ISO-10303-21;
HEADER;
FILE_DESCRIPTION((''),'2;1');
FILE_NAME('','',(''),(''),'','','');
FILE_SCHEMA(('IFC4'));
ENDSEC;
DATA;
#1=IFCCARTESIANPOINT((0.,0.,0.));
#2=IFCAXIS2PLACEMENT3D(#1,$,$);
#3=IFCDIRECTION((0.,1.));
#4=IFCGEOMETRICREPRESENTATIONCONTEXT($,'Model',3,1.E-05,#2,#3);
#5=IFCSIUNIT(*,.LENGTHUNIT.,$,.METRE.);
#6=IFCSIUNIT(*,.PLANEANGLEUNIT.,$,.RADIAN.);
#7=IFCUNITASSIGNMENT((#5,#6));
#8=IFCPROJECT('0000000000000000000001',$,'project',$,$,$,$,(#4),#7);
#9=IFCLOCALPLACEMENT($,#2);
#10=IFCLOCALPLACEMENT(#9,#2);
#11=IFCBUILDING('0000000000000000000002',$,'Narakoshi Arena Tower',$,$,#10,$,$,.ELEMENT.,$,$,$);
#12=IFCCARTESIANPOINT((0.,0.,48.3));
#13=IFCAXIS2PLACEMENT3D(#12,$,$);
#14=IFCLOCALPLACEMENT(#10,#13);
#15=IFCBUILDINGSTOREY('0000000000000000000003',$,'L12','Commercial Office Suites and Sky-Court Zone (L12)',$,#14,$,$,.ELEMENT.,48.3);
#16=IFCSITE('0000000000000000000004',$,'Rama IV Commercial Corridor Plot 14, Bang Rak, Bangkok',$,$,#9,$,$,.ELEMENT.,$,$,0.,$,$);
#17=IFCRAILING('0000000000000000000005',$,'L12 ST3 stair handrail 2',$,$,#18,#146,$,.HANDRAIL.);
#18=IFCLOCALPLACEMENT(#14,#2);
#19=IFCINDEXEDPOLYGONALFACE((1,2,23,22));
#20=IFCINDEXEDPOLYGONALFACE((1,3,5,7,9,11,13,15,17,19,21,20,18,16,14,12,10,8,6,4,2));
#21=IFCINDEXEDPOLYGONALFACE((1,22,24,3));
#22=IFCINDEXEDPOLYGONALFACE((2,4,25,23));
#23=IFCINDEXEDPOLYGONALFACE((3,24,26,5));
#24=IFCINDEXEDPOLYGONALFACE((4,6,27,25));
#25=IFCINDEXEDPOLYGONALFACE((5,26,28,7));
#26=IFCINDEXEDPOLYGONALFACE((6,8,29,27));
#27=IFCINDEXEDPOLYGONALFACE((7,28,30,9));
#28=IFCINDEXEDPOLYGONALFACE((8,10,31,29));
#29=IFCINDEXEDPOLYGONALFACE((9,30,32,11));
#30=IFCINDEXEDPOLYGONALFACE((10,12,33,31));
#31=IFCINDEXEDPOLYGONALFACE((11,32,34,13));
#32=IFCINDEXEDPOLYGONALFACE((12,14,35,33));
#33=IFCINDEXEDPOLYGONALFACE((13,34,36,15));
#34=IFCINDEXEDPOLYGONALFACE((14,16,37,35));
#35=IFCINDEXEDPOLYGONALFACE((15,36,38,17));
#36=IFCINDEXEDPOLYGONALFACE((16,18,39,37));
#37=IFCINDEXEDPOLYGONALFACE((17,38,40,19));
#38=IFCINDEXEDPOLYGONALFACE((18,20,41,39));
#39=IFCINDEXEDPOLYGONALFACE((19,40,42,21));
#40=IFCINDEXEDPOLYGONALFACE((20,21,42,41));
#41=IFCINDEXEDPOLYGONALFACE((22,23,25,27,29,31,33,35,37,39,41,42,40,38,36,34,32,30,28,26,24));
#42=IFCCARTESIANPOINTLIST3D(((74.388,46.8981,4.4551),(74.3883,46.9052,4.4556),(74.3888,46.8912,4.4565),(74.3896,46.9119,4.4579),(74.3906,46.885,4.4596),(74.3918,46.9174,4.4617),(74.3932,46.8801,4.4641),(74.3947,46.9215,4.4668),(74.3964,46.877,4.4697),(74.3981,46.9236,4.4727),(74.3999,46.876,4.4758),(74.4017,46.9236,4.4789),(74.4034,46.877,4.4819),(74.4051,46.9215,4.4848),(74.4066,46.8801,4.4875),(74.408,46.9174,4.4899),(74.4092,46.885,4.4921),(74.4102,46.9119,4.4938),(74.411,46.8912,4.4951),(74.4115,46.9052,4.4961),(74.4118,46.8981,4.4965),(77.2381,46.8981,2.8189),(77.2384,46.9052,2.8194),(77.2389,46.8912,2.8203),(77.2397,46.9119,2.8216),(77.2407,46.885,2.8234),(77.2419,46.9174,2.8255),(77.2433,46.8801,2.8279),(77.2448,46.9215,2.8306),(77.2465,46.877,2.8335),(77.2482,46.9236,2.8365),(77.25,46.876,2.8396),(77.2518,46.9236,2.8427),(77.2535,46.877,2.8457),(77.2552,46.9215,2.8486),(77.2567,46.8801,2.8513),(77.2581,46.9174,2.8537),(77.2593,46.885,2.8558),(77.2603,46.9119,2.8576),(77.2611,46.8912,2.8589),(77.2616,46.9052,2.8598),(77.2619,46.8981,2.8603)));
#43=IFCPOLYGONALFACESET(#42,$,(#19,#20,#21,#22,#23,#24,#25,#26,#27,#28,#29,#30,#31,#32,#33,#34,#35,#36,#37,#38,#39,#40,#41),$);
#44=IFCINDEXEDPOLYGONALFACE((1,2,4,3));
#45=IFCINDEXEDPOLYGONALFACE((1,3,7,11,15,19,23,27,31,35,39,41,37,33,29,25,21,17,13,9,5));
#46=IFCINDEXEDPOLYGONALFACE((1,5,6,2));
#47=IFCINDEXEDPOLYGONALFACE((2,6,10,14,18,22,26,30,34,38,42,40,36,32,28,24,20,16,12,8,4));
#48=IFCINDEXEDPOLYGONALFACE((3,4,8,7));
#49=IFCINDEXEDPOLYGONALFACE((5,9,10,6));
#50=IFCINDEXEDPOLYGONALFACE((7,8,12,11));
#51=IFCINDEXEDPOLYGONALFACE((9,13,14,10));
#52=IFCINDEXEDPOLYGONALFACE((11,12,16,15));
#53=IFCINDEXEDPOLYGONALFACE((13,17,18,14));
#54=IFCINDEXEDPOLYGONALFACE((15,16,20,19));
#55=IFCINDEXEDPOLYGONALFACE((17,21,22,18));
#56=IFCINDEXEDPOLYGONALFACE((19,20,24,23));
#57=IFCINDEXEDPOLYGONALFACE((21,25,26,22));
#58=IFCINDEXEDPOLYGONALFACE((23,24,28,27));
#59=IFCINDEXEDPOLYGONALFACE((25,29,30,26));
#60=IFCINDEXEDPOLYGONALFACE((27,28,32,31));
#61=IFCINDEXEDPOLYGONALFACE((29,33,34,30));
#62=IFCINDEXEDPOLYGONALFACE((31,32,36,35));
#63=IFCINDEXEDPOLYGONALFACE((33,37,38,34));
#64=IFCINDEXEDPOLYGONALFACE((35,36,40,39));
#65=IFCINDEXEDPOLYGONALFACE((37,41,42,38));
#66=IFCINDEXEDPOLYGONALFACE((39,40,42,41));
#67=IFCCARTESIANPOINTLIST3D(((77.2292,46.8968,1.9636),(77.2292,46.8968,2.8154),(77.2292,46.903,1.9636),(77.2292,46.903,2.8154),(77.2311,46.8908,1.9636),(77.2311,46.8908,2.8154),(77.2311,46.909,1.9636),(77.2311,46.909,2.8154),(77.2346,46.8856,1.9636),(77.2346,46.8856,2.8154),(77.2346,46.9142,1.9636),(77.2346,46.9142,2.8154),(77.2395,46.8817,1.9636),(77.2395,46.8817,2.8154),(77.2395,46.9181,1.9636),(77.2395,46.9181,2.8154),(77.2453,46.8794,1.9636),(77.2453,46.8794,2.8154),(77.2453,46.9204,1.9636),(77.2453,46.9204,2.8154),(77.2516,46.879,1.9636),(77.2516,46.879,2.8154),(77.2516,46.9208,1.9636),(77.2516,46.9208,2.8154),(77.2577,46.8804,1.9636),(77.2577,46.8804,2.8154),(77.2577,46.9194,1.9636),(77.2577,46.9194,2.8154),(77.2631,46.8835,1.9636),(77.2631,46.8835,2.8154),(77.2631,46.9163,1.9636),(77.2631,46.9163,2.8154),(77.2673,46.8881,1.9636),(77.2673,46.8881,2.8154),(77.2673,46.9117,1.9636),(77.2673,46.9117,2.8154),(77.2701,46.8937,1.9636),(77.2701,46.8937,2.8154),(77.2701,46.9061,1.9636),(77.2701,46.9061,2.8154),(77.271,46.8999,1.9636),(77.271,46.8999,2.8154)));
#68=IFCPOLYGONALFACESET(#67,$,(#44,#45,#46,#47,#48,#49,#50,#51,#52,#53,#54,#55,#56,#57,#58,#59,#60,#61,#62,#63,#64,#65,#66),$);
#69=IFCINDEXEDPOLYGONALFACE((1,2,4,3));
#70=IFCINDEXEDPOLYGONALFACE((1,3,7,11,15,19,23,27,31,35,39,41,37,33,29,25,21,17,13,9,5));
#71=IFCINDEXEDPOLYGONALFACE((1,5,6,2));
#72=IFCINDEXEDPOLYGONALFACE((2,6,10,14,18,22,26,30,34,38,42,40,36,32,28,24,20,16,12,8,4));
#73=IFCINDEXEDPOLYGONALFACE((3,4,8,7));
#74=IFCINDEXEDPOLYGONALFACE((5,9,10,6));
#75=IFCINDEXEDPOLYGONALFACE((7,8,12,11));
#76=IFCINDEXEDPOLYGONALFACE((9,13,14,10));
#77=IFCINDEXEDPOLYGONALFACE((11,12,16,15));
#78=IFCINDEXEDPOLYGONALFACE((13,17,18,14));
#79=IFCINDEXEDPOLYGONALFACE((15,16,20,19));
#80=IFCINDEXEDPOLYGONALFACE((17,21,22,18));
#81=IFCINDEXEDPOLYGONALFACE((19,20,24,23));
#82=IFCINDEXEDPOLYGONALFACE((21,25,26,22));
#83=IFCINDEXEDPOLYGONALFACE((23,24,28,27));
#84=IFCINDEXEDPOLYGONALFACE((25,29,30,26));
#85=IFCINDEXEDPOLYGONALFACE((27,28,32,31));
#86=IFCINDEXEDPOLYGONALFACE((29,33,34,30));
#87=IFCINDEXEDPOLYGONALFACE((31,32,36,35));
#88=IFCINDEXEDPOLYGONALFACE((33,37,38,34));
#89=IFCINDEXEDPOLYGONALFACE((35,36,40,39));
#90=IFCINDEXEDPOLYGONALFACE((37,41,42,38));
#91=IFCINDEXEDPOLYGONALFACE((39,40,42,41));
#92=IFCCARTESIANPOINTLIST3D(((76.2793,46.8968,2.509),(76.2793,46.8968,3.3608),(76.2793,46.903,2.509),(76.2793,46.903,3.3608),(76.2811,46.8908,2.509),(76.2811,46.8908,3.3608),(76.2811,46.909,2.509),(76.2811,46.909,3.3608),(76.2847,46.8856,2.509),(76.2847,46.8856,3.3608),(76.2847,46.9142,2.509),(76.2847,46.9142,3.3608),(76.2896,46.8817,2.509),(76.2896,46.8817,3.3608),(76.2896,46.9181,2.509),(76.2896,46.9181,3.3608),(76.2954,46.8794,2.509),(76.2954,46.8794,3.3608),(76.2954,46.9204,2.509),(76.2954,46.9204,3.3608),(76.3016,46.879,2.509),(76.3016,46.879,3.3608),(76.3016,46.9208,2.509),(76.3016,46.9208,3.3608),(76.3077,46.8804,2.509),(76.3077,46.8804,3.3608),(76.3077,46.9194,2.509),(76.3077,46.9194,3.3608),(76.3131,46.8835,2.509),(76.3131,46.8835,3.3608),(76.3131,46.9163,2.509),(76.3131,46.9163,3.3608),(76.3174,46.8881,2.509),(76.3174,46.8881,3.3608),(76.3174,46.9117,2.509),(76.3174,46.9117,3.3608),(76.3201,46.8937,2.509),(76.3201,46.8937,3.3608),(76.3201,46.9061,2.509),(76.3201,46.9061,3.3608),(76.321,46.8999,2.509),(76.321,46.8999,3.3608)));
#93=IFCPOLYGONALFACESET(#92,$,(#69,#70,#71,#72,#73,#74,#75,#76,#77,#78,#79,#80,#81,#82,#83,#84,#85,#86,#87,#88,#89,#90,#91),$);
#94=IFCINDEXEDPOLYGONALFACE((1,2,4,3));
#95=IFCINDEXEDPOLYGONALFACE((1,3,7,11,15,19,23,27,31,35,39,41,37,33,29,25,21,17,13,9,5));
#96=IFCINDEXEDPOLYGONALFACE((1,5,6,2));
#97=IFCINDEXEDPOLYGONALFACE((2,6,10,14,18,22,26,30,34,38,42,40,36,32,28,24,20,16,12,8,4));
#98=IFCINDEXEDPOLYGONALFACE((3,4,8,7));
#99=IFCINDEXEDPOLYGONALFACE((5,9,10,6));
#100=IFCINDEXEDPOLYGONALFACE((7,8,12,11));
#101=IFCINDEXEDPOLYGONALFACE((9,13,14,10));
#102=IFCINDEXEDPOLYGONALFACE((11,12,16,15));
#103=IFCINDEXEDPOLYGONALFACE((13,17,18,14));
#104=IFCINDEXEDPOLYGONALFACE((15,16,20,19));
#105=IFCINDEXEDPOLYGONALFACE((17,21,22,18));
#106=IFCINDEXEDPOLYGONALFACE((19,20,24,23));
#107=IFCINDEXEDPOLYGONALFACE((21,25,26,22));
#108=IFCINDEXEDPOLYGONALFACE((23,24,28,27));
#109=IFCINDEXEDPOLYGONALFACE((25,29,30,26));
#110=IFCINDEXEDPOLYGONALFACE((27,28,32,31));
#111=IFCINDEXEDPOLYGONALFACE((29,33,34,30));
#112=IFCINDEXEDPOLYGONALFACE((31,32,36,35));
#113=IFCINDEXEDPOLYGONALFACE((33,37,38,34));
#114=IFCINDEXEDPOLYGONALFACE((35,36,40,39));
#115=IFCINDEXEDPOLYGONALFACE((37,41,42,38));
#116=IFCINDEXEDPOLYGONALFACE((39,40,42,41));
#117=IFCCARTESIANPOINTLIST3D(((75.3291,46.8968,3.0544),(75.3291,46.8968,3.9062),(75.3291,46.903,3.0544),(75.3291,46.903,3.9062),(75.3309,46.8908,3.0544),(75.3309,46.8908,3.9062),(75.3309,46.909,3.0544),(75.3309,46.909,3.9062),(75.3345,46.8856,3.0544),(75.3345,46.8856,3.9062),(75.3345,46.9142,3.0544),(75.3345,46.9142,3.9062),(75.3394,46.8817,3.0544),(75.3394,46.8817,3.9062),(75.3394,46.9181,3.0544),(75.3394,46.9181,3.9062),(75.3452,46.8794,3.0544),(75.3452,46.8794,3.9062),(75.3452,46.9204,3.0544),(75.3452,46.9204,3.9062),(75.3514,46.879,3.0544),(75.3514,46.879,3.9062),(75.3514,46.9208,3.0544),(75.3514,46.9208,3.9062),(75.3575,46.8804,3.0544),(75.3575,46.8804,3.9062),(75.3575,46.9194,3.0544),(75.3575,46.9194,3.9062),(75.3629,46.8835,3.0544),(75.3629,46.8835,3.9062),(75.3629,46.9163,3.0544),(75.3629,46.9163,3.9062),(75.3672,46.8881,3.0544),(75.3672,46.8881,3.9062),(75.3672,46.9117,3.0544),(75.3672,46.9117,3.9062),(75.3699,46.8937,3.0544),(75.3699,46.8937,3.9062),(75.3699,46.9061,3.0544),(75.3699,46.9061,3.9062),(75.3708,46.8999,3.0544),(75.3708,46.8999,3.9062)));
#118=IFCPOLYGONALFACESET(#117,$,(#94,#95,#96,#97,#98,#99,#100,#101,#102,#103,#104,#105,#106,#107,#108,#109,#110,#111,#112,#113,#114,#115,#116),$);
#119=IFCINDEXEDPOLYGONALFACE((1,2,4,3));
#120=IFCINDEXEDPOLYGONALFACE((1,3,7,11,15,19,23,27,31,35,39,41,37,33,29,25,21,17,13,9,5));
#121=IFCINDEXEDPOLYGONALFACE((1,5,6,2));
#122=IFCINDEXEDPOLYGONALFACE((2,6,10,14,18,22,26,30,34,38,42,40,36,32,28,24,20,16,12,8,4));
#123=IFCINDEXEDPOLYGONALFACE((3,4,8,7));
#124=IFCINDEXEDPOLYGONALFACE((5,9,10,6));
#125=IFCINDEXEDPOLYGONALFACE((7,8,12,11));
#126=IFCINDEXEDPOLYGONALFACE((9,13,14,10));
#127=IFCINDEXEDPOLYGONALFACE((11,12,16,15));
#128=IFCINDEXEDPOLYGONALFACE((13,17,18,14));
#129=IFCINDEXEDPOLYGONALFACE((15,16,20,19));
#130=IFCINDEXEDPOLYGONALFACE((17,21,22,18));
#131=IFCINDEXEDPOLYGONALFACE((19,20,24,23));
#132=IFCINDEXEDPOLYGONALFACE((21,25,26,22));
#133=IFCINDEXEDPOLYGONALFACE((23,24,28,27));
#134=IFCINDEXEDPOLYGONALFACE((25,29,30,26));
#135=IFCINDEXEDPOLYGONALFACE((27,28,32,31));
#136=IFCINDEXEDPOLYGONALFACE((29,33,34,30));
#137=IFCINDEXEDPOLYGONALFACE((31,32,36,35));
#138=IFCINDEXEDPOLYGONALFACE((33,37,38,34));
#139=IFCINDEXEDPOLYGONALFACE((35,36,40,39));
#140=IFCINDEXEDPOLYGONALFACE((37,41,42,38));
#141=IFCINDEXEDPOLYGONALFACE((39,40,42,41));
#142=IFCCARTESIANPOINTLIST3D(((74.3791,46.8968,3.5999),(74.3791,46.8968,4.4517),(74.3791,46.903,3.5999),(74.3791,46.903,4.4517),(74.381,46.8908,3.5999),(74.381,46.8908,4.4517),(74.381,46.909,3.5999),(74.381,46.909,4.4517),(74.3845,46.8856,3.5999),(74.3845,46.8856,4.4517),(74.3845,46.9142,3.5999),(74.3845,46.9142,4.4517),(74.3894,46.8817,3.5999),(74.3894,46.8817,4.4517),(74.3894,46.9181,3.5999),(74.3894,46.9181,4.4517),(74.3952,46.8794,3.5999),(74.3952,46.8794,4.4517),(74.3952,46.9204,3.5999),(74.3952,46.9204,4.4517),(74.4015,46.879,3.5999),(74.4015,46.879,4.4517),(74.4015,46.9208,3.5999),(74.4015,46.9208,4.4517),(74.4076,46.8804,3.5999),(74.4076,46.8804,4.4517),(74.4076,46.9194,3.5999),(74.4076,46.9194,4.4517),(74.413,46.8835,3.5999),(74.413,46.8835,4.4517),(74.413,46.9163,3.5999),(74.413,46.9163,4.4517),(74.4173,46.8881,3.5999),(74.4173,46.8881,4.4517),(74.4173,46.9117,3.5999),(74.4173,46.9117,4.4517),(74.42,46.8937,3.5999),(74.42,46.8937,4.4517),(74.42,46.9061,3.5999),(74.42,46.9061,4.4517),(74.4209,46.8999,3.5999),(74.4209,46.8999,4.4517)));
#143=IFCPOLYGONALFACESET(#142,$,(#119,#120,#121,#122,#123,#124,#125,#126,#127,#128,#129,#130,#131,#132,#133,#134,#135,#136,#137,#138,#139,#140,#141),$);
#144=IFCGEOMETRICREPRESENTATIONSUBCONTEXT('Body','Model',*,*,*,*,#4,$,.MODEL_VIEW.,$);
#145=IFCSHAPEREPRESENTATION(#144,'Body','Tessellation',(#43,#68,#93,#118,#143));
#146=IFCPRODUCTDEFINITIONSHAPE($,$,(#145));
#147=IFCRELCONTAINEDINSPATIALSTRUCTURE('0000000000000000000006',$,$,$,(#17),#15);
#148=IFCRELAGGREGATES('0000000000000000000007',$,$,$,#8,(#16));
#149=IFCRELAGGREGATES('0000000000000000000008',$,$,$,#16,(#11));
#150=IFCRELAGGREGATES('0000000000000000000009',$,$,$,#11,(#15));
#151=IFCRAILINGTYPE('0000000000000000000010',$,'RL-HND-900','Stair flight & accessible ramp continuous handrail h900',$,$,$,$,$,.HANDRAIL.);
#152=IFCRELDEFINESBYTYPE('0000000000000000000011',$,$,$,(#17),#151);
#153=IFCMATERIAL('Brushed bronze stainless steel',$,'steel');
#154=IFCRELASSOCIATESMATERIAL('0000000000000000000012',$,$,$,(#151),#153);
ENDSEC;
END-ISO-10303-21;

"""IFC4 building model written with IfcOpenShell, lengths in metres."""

from ifc_helpers import new_model, si_unit, direction, frame, origin, origin_2d, place, context, subcontext, project, spatial, circle, extrude, material, type_object, element, save


model = new_model("IFC4")

# Units and contexts
model_context = context("Model", 3, precision=1e-05, world=origin(), true_north=direction((0.0, 1.0)))
body_context = subcontext(model_context, "Body", "Model", "MODEL_VIEW")
ifc_project = project(units=[si_unit("LENGTHUNIT", "METRE"), si_unit("PLANEANGLEUNIT", "RADIAN")], contexts=[model_context])

# Site, building, storey
site_placement = place(None, origin())
site = spatial("IfcSite", under=ifc_project, at=site_placement, Name="Rama IV Commercial Corridor Plot 14, Bang Rak, Bangkok", CompositionType="ELEMENT", RefElevation=0.0)
building_placement = place(site_placement, origin())
building = spatial("IfcBuilding", under=site, at=building_placement, Name="Narakoshi Arena Tower", CompositionType="ELEMENT")
storey_placement = place(building_placement, frame((0.0, 0.0, 48.3)))
storey = spatial("IfcBuildingStorey", under=building, at=storey_placement, Name="L12", Description="Commercial Office Suites and Sky-Court Zone (L12)", CompositionType="ELEMENT", Elevation=48.3)

# Shared definitions
ifc_material_1 = material(Name="Brushed bronze stainless steel", Category="steel")

# Railing
railing_type_1 = type_object("IfcRailingType", Name="RL-HND-900", Description="Stair flight & accessible ramp continuous handrail h900", PredefinedType="HANDRAIL", material=ifc_material_1)
railing_1_placement = place(storey_placement, frame((77.25, 46.8999, 1.9636)))
element("IfcRailing", 1, at=railing_1_placement, inside=storey, type_object=railing_type_1, Name="L12 ST3 stair handrail 2", PredefinedType="HANDRAIL", context=body_context, shape_type="SweptSolid", body=[
    extrude(circle(Radius=0.0239, at=origin_2d()), frame((0.0, 0.0, 0.876), z_axis=(-0.867245, 0.0, 0.497882), x_axis=(0.0, -1.0, 0.0)), (0.0, 0.0, 1.0), 3.2864),
    extrude(circle(Radius=0.021, at=origin_2d()), origin(), (0.0, 0.0, 1.0), 0.8518),
    extrude(circle(Radius=0.021, at=origin_2d()), frame((-0.95, 0.0, 0.5454)), (0.0, 0.0, 1.0), 0.8518),
    extrude(circle(Radius=0.021, at=origin_2d()), frame((-1.9001, 0.0, 1.0908)), (0.0, 0.0, 1.0), 0.8518),
    extrude(circle(Radius=0.021, at=origin_2d()), frame((-2.8501, 0.0, 1.6362)), (0.0, 0.0, 1.0), 0.8518),
])

save(model, "model.ifc")
